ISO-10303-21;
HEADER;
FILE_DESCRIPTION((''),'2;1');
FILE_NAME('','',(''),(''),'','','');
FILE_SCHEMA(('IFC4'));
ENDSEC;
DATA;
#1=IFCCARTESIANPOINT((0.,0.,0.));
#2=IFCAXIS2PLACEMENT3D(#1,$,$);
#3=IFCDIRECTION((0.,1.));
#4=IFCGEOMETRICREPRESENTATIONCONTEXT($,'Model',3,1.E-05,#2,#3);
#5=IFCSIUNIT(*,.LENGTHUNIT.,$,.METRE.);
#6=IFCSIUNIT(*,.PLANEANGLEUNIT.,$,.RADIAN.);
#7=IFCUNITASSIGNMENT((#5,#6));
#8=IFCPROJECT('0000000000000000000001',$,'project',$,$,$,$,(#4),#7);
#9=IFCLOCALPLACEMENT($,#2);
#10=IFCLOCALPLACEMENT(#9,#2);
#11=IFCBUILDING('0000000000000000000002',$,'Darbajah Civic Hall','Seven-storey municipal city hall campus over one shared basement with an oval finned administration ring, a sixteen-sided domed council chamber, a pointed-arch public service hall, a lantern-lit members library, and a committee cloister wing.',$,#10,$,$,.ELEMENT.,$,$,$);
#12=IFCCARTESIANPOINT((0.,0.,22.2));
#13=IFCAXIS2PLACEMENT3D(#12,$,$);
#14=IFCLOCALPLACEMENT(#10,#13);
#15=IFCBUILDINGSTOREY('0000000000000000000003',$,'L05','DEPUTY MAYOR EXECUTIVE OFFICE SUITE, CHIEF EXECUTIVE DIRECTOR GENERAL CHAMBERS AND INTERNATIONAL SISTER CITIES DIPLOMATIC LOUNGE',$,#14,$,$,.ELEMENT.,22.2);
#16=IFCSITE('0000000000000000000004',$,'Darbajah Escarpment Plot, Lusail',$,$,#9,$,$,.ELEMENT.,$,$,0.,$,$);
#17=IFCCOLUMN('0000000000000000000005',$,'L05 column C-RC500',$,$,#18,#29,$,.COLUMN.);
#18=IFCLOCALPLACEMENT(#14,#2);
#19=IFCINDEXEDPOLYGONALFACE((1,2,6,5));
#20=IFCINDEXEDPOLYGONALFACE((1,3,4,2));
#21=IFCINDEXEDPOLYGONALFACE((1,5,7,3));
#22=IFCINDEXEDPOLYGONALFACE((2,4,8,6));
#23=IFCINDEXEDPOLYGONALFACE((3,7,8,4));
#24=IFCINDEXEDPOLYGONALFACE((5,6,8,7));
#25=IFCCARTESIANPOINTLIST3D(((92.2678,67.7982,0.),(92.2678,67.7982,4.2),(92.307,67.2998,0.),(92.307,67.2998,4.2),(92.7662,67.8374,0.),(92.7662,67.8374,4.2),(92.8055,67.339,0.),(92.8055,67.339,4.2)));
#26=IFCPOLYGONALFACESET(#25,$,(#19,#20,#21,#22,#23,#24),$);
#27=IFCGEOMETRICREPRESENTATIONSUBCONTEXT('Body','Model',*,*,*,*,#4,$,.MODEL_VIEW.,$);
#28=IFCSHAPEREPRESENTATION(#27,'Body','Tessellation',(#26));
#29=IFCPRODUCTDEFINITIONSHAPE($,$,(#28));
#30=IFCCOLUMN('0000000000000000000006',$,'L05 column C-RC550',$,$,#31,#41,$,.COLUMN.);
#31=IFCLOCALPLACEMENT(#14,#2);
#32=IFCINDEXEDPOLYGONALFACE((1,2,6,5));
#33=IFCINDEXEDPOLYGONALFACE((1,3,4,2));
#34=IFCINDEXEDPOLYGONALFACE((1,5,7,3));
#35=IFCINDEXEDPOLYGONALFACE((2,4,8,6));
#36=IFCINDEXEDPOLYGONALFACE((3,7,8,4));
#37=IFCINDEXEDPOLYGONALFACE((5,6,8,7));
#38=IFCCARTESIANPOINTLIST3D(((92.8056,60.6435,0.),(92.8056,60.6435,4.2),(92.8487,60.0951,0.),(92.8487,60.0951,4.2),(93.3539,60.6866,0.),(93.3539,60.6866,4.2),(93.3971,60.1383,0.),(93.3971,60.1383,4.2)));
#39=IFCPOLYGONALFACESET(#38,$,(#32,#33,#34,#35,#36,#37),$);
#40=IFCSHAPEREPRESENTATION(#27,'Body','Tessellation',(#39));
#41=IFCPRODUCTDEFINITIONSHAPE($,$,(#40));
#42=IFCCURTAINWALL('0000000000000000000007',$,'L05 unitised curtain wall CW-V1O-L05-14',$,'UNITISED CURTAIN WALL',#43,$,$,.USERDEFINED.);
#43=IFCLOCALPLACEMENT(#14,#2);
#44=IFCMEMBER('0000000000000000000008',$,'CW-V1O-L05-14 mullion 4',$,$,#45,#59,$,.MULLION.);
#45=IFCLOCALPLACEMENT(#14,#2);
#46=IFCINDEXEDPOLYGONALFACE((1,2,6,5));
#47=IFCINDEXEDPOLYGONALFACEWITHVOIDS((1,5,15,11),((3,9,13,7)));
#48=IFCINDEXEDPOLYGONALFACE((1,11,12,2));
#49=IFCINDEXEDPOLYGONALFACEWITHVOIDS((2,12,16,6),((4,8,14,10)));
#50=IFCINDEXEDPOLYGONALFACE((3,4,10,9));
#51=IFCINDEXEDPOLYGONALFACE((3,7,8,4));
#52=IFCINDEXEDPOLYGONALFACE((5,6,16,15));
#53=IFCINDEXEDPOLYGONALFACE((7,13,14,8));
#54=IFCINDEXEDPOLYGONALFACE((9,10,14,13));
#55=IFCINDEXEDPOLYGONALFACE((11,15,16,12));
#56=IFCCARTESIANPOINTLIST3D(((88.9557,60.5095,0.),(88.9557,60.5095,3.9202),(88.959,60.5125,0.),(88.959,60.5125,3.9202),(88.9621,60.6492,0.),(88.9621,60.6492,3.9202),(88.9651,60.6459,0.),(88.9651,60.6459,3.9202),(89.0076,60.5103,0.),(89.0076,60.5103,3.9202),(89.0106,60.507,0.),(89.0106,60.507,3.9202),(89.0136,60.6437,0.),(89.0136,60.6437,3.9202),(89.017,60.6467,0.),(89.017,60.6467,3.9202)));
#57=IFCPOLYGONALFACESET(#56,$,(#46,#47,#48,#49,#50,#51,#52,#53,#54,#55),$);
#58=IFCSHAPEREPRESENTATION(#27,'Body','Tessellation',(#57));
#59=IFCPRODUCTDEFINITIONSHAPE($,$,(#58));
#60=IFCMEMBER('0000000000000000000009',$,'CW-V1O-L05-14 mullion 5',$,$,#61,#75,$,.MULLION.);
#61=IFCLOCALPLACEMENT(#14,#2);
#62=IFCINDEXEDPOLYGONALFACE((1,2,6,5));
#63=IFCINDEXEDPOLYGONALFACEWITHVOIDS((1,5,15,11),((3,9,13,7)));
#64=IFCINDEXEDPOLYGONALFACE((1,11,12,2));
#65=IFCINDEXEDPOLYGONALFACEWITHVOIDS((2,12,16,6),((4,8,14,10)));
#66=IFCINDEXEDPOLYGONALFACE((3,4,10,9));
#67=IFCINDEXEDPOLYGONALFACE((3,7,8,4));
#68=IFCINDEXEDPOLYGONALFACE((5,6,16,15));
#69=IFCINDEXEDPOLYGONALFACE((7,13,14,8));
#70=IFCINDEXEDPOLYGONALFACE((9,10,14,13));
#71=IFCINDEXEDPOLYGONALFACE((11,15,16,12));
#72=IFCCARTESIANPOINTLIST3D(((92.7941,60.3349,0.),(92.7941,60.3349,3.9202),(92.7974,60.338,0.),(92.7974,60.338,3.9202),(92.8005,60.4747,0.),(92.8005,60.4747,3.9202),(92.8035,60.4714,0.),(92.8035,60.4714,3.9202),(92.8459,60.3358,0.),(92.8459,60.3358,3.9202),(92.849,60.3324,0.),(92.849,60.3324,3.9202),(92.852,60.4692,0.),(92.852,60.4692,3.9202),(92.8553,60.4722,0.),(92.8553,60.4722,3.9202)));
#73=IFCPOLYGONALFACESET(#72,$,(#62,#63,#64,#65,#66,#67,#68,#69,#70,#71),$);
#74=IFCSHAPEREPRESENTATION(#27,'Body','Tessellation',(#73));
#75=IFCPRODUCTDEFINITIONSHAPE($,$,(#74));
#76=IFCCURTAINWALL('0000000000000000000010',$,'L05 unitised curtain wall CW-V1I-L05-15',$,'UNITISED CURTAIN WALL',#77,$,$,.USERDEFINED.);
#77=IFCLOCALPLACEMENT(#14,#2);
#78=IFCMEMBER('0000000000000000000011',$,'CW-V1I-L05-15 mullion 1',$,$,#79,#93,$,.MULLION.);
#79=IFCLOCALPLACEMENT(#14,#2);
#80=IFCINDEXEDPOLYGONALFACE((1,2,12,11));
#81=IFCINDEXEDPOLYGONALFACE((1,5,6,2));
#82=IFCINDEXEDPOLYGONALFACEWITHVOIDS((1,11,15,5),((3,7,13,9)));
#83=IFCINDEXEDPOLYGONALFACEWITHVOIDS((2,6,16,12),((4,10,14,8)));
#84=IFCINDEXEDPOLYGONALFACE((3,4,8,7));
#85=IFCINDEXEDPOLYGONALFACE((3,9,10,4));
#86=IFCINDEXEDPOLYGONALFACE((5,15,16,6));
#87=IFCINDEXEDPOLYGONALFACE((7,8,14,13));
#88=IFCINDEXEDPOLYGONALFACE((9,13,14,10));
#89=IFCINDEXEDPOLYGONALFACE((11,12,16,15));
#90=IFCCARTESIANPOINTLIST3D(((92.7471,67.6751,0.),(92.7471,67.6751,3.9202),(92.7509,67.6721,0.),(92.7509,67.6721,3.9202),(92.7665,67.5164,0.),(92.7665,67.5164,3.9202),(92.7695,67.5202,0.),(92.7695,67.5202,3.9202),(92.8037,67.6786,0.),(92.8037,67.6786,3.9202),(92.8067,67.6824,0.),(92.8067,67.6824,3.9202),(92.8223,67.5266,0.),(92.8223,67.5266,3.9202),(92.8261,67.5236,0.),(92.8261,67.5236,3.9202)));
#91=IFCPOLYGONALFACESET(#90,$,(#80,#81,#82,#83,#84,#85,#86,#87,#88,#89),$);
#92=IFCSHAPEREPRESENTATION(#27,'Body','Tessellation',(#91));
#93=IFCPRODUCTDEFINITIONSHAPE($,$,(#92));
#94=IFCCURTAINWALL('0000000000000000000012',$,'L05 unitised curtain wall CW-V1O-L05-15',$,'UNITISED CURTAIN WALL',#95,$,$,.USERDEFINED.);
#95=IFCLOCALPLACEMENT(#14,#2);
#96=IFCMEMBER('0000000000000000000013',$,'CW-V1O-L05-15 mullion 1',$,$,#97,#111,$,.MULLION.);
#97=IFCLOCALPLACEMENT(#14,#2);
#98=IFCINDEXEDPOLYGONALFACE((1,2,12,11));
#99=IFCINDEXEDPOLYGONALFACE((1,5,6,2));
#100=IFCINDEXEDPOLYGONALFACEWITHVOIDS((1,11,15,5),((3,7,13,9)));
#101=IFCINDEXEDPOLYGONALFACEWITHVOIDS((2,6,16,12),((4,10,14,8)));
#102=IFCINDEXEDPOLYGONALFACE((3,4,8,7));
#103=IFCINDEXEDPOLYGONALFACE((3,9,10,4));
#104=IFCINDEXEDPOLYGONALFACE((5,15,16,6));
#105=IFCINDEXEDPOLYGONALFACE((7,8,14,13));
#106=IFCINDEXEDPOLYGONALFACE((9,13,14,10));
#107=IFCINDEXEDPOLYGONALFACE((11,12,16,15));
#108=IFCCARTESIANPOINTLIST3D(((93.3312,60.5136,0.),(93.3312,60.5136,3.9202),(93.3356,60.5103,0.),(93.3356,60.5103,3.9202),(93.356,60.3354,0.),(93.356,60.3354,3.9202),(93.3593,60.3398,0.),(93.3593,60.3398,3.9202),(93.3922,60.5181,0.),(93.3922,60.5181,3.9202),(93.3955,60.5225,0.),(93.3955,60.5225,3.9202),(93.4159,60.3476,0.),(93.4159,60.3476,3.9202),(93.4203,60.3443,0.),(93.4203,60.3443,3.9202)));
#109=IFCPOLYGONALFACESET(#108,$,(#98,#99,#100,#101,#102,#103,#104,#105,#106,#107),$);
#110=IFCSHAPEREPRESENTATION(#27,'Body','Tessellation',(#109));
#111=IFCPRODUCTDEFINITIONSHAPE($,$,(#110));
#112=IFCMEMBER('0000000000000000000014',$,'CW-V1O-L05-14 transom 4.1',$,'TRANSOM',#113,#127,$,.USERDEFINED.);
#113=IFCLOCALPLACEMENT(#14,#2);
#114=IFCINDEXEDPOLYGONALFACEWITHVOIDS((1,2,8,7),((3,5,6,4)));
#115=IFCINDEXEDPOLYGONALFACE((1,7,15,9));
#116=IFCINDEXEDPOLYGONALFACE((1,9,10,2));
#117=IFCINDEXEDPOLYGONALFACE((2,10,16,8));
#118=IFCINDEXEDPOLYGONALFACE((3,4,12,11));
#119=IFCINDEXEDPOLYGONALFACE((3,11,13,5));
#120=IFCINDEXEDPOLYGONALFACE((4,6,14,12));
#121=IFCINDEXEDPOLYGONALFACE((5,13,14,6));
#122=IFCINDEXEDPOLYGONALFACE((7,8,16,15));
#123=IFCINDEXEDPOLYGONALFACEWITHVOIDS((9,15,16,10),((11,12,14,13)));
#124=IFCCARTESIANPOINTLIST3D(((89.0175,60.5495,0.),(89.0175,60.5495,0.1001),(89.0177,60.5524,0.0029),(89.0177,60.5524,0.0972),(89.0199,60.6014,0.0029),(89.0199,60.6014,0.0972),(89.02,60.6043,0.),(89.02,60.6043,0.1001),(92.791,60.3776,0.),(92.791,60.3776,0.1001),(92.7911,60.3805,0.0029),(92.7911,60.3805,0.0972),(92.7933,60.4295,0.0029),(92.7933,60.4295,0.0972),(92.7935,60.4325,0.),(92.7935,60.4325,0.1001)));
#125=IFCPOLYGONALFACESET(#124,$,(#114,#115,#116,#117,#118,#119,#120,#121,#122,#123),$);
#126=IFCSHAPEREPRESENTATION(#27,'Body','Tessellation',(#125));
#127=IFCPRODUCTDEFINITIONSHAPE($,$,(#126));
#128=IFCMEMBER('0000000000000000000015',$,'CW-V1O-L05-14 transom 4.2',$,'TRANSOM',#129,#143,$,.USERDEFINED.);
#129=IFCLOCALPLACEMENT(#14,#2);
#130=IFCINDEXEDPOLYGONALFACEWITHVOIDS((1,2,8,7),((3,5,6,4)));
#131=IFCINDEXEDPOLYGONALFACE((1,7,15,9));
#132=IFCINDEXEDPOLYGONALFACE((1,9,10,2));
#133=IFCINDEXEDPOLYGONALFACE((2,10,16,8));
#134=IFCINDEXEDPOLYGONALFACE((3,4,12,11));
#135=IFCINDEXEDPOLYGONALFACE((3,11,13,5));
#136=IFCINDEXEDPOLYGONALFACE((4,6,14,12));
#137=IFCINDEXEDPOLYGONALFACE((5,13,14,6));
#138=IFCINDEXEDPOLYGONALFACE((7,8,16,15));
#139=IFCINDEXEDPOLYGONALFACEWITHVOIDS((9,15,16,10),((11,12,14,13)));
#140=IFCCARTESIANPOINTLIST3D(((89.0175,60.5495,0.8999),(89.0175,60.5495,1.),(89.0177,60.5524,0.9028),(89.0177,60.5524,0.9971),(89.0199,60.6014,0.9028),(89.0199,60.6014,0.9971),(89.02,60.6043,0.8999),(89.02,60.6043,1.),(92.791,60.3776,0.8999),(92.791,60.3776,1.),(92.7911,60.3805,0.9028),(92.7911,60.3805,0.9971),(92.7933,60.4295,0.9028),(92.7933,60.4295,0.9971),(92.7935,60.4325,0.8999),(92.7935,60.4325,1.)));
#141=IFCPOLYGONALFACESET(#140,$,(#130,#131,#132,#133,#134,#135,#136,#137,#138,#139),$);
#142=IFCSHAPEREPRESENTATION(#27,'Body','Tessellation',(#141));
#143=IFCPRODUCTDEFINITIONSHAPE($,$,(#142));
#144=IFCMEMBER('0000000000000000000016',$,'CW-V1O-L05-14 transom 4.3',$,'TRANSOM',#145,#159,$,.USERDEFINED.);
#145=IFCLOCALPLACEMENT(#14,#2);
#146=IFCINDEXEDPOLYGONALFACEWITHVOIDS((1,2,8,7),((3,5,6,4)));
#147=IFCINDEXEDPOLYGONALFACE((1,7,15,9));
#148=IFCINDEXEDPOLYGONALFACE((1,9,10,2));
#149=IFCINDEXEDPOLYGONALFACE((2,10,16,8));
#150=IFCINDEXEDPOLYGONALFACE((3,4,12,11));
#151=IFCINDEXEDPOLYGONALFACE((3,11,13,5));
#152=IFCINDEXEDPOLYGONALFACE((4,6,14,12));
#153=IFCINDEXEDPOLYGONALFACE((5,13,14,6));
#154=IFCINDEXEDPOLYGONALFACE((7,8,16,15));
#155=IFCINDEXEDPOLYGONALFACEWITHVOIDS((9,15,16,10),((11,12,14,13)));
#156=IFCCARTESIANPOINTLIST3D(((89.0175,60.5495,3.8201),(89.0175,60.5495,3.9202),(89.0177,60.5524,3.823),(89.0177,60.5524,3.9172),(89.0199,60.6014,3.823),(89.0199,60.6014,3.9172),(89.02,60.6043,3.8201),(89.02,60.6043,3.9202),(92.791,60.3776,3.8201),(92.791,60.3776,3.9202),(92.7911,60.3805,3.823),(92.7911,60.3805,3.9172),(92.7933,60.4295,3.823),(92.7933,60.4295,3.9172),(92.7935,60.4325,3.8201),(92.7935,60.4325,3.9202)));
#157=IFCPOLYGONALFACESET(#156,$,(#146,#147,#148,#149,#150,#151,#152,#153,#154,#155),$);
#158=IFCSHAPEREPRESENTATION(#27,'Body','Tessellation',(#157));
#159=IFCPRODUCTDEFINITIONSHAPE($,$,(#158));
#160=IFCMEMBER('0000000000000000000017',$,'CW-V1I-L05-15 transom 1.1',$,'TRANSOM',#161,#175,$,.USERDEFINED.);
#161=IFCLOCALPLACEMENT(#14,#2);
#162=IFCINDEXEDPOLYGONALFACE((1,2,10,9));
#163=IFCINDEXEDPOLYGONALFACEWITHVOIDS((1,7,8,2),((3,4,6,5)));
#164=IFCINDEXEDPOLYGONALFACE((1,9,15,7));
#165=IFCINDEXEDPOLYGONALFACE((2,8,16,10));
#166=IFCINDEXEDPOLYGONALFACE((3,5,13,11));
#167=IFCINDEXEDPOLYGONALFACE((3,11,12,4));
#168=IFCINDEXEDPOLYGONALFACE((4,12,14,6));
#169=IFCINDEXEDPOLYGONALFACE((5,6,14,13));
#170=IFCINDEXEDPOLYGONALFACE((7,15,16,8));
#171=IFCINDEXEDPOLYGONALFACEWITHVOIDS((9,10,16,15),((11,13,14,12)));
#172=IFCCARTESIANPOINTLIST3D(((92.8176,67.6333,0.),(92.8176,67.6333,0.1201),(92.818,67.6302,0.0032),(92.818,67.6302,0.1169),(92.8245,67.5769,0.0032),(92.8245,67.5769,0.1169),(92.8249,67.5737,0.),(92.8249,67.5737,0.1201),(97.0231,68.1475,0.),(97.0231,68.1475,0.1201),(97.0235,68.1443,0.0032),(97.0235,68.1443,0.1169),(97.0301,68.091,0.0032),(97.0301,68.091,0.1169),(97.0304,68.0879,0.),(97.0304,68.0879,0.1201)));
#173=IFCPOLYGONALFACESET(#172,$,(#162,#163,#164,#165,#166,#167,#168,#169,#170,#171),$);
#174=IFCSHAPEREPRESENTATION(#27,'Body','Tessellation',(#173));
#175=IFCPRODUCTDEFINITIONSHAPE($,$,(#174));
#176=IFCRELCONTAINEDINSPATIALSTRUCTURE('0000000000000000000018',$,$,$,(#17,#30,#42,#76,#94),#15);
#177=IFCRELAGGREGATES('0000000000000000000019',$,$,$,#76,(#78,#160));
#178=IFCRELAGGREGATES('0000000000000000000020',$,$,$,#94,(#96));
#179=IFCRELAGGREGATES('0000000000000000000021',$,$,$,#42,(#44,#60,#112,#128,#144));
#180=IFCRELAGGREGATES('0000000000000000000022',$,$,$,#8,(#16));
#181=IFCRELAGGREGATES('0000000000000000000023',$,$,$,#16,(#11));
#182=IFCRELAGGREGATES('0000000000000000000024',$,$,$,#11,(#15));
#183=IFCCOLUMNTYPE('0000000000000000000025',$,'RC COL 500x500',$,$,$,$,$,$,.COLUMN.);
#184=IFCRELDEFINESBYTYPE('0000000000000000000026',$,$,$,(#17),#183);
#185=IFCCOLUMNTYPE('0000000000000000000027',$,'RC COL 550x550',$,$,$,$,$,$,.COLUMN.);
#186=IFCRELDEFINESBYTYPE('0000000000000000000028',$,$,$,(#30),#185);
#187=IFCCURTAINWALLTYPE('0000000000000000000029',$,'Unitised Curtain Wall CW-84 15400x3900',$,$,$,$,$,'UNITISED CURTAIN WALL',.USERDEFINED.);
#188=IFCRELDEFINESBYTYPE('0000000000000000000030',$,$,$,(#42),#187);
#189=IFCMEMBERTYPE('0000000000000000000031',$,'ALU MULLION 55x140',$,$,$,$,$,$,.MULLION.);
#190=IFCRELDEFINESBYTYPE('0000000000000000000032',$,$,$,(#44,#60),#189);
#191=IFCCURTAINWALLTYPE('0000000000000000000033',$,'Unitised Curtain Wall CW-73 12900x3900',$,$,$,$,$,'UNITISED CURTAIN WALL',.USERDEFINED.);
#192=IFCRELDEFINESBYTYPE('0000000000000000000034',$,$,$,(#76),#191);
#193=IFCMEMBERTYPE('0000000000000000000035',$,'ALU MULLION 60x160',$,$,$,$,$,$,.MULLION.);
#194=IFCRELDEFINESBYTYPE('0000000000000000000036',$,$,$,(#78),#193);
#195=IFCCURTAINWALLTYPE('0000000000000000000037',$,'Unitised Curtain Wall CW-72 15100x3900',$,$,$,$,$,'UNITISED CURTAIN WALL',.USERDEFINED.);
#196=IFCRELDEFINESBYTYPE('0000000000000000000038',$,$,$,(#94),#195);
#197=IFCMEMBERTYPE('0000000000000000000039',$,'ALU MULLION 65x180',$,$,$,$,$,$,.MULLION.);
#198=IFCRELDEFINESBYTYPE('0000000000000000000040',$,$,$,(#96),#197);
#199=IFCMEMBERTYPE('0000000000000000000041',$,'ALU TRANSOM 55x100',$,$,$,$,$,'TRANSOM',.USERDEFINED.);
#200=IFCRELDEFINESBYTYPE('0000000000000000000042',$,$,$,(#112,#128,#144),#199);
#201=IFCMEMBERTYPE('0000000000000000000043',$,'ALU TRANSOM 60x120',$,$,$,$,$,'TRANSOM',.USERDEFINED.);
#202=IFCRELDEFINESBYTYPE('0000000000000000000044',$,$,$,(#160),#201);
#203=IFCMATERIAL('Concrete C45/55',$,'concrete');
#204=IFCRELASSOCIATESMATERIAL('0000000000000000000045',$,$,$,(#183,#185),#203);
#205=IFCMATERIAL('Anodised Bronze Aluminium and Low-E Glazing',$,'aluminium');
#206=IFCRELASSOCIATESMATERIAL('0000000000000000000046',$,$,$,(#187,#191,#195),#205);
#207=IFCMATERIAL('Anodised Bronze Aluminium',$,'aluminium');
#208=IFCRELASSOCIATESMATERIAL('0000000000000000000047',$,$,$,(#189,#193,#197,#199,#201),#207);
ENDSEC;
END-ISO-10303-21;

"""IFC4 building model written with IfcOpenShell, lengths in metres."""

from ifc_helpers import new_model, si_unit, direction, frame, origin, origin_2d, place, context, subcontext, project, spatial, rectangle, hollow_rectangle, extrude, material, material_profile, profile_set, type_object, element, aggregate, save


model = new_model("IFC4")

# Units and contexts
model_context = context("Model", 3, precision=1e-05, world=origin(), true_north=direction((0.0, 1.0)))
body_context = subcontext(model_context, "Body", "Model", "MODEL_VIEW")
ifc_project = project(units=[si_unit("LENGTHUNIT", "METRE"), si_unit("PLANEANGLEUNIT", "RADIAN")], contexts=[model_context])

# Site, building, storey
site_placement = place(None, origin())
site = spatial("IfcSite", under=ifc_project, at=site_placement, Name="Darbajah Escarpment Plot, Lusail", CompositionType="ELEMENT", RefElevation=0.0)
building_placement = place(site_placement, origin())
building = spatial("IfcBuilding", under=site, at=building_placement, Name="Darbajah Civic Hall", Description="Seven-storey municipal city hall campus over one shared basement with an oval finned administration ring, a sixteen-sided domed council chamber, a pointed-arch public service hall, a lantern-lit members library, and a committee cloister wing.", CompositionType="ELEMENT")
storey_placement = place(building_placement, frame((0.0, 0.0, 22.2)))
storey = spatial("IfcBuildingStorey", under=building, at=storey_placement, Name="L05", Description="DEPUTY MAYOR EXECUTIVE OFFICE SUITE, CHIEF EXECUTIVE DIRECTOR GENERAL CHAMBERS AND INTERNATIONAL SISTER CITIES DIPLOMATIC LOUNGE", CompositionType="ELEMENT", Elevation=22.2)

# Columns
ifc_material_1 = material(Name="Concrete C45/55", Category="concrete")
ifc_material_profile_1 = material_profile(ifc_material_1, rectangle(XDim=0.5, YDim=0.5, at=origin_2d()), Name="RC COL 500x500")
ifc_profile_set_1 = profile_set([ifc_material_profile_1], Name="Concrete C45/55")
column_type_1 = type_object("IfcColumnType", Name="RC COL 500x500", PredefinedType="COLUMN", material=ifc_profile_set_1)
column_1_placement = place(storey_placement, frame((92.5366, 67.5686, 0.0), z_axis=(0.0, 0.0, 1.0), x_axis=(0.078459, -0.996917, 0.0)))
element("IfcColumn", 1, at=column_1_placement, inside=storey, type_object=column_type_1, Name="L05 column C-RC500", PredefinedType="COLUMN", context=body_context, shape_type="SweptSolid", body=[
    extrude(rectangle(XDim=0.5, YDim=0.5, at=origin_2d()), origin(), (0.0, 0.0, 1.0), 4.2),
])
ifc_material_profile_2 = material_profile(ifc_material_1, rectangle(XDim=0.55, YDim=0.55, at=origin_2d()), Name="RC COL 550x550")
ifc_profile_set_2 = profile_set([ifc_material_profile_2], Name="Concrete C45/55")
column_type_2 = type_object("IfcColumnType", Name="RC COL 550x550", PredefinedType="COLUMN", material=ifc_profile_set_2)
column_2_placement = place(storey_placement, frame((93.1013, 60.3909, 0.0), z_axis=(0.0, 0.0, 1.0), x_axis=(0.078459, -0.996917, 0.0)))
element("IfcColumn", 2, at=column_2_placement, inside=storey, type_object=column_type_2, Name="L05 column C-RC550", PredefinedType="COLUMN", context=body_context, shape_type="SweptSolid", body=[
    extrude(rectangle(XDim=0.55, YDim=0.55, at=origin_2d()), origin(), (0.0, 0.0, 1.0), 4.2),
])

# Curtain wall, members
ifc_material_2 = material(Name="Anodised Bronze Aluminium and Low-E Glazing", Category="aluminium")
curtain_wall_type_1 = type_object("IfcCurtainWallType", Name="Unitised Curtain Wall CW-84 15400x3900", ElementType="UNITISED CURTAIN WALL", PredefinedType="USERDEFINED", material=ifc_material_2)
curtain_wall_1_placement = place(storey_placement, origin())
curtain_wall_1 = element("IfcCurtainWall", 3, at=curtain_wall_1_placement, inside=storey, type_object=curtain_wall_type_1, Name="L05 unitised curtain wall CW-V1O-L05-14", ObjectType="UNITISED CURTAIN WALL", PredefinedType="USERDEFINED")
ifc_material_3 = material(Name="Anodised Bronze Aluminium", Category="aluminium")
ifc_material_profile_3 = material_profile(ifc_material_3, hollow_rectangle(XDim=0.0549, YDim=0.1399, WallThickness=0.0032, at=origin_2d()), Name="ALU MULLION 55x140")
ifc_profile_set_3 = profile_set([ifc_material_profile_3], Name="Anodised Bronze Aluminium")
member_type_1 = type_object("IfcMemberType", Name="ALU MULLION 55x140", PredefinedType="MULLION", material=ifc_profile_set_3)
member_1_placement = place(storey_placement, frame((88.9863, 60.5781, 0.0), z_axis=(0.0, 0.0, 1.0), x_axis=(0.998963, -0.045537, 0.0)))
member_1 = element("IfcMember", 4, at=member_1_placement, type_object=member_type_1, Name="CW-V1O-L05-14 mullion 4", PredefinedType="MULLION", context=body_context, shape_type="SweptSolid", body=[
    extrude(hollow_rectangle(XDim=0.0549, YDim=0.1399, WallThickness=0.0032, at=origin_2d()), origin(), (0.0, 0.0, 1.0), 3.9202),
])
member_2_placement = place(storey_placement, frame((92.8247, 60.4036, 0.0), z_axis=(0.0, 0.0, 1.0), x_axis=(0.998963, -0.045537, 0.0)))
member_2 = element("IfcMember", 5, at=member_2_placement, type_object=member_type_1, Name="CW-V1O-L05-14 mullion 5", PredefinedType="MULLION", context=body_context, shape_type="SweptSolid", body=[
    extrude(hollow_rectangle(XDim=0.0549, YDim=0.1399, WallThickness=0.0032, at=origin_2d()), origin(), (0.0, 0.0, 1.0), 3.9202),
])

# Curtain walls, members
curtain_wall_type_2 = type_object("IfcCurtainWallType", Name="Unitised Curtain Wall CW-73 12900x3900", ElementType="UNITISED CURTAIN WALL", PredefinedType="USERDEFINED", material=ifc_material_2)
curtain_wall_2_placement = place(storey_placement, origin())
curtain_wall_2 = element("IfcCurtainWall", 6, at=curtain_wall_2_placement, inside=storey, type_object=curtain_wall_type_2, Name="L05 unitised curtain wall CW-V1I-L05-15", ObjectType="UNITISED CURTAIN WALL", PredefinedType="USERDEFINED")
ifc_material_profile_4 = material_profile(ifc_material_3, hollow_rectangle(XDim=0.0601, YDim=0.1599, WallThickness=0.0034, at=origin_2d()), Name="ALU MULLION 60x160")
ifc_profile_set_4 = profile_set([ifc_material_profile_4], Name="Anodised Bronze Aluminium")
member_type_2 = type_object("IfcMemberType", Name="ALU MULLION 60x160", PredefinedType="MULLION", material=ifc_profile_set_4)
member_3_placement = place(storey_placement, frame((92.7866, 67.5994, 0.0), z_axis=(0.0, 0.0, 1.0), x_axis=(0.99261, 0.12135, 0.0)))
member_3 = element("IfcMember", 7, at=member_3_placement, type_object=member_type_2, Name="CW-V1I-L05-15 mullion 1", PredefinedType="MULLION", context=body_context, shape_type="SweptSolid", body=[
    extrude(hollow_rectangle(XDim=0.0601, YDim=0.1599, WallThickness=0.0034, at=origin_2d()), origin(), (0.0, 0.0, 1.0), 3.9202),
])
curtain_wall_type_3 = type_object("IfcCurtainWallType", Name="Unitised Curtain Wall CW-72 15100x3900", ElementType="UNITISED CURTAIN WALL", PredefinedType="USERDEFINED", material=ifc_material_2)
curtain_wall_3_placement = place(storey_placement, origin())
curtain_wall_3 = element("IfcCurtainWall", 8, at=curtain_wall_3_placement, inside=storey, type_object=curtain_wall_type_3, Name="L05 unitised curtain wall CW-V1O-L05-15", ObjectType="UNITISED CURTAIN WALL", PredefinedType="USERDEFINED")
ifc_material_profile_5 = material_profile(ifc_material_3, hollow_rectangle(XDim=0.0649, YDim=0.1799, WallThickness=0.0039, at=origin_2d()), Name="ALU MULLION 65x180")
ifc_profile_set_5 = profile_set([ifc_material_profile_5], Name="Anodised Bronze Aluminium")
member_type_3 = type_object("IfcMemberType", Name="ALU MULLION 65x180", PredefinedType="MULLION", material=ifc_profile_set_5)
member_4_placement = place(storey_placement, frame((93.3757, 60.429, 0.0), z_axis=(0.0, 0.0, 1.0), x_axis=(0.990485, 0.137617, 0.0)))
member_4 = element("IfcMember", 9, at=member_4_placement, type_object=member_type_3, Name="CW-V1O-L05-15 mullion 1", PredefinedType="MULLION", context=body_context, shape_type="SweptSolid", body=[
    extrude(hollow_rectangle(XDim=0.0649, YDim=0.1799, WallThickness=0.0039, at=origin_2d()), origin(), (0.0, 0.0, 1.0), 3.9202),
])

# Members
ifc_material_profile_6 = material_profile(ifc_material_3, hollow_rectangle(XDim=0.0549, YDim=0.1001, WallThickness=0.0029, at=origin_2d()), Name="ALU TRANSOM 55x100")
ifc_profile_set_6 = profile_set([ifc_material_profile_6], Name="Anodised Bronze Aluminium")
member_type_4 = type_object("IfcMemberType", Name="ALU TRANSOM 55x100", ElementType="TRANSOM", PredefinedType="USERDEFINED", material=ifc_profile_set_6)
member_5_placement = place(storey_placement, frame((89.0188, 60.5769, 0.05), z_axis=(0.998964, -0.045501, 0.0), x_axis=(0.045501, 0.998964, 0.0)))
member_5 = element("IfcMember", 10, at=member_5_placement, type_object=member_type_4, Name="CW-V1O-L05-14 transom 4.1", ObjectType="TRANSOM", PredefinedType="USERDEFINED", context=body_context, shape_type="SweptSolid", body=[
    extrude(hollow_rectangle(XDim=0.0549, YDim=0.1001, WallThickness=0.0029, at=origin_2d()), origin(), (0.0, 0.0, 1.0), 3.7773),
])
member_6_placement = place(storey_placement, frame((89.0188, 60.5769, 0.95), z_axis=(0.998964, -0.045501, 0.0), x_axis=(0.045501, 0.998964, 0.0)))
member_6 = element("IfcMember", 11, at=member_6_placement, type_object=member_type_4, Name="CW-V1O-L05-14 transom 4.2", ObjectType="TRANSOM", PredefinedType="USERDEFINED", context=body_context, shape_type="SweptSolid", body=[
    extrude(hollow_rectangle(XDim=0.0549, YDim=0.1001, WallThickness=0.0029, at=origin_2d()), origin(), (0.0, 0.0, 1.0), 3.7773),
])
member_7_placement = place(storey_placement, frame((89.0188, 60.5769, 3.8701), z_axis=(0.998964, -0.045501, 0.0), x_axis=(0.045501, 0.998964, 0.0)))
member_7 = element("IfcMember", 12, at=member_7_placement, type_object=member_type_4, Name="CW-V1O-L05-14 transom 4.3", ObjectType="TRANSOM", PredefinedType="USERDEFINED", context=body_context, shape_type="SweptSolid", body=[
    extrude(hollow_rectangle(XDim=0.0549, YDim=0.1001, WallThickness=0.0029, at=origin_2d()), origin(), (0.0, 0.0, 1.0), 3.7773),
])
ifc_material_profile_7 = material_profile(ifc_material_3, hollow_rectangle(XDim=0.0601, YDim=0.1201, WallThickness=0.0032, at=origin_2d()), Name="ALU TRANSOM 60x120")
ifc_profile_set_7 = profile_set([ifc_material_profile_7], Name="Anodised Bronze Aluminium")
member_type_5 = type_object("IfcMemberType", Name="ALU TRANSOM 60x120", ElementType="TRANSOM", PredefinedType="USERDEFINED", material=ifc_profile_set_7)
member_8_placement = place(storey_placement, frame((92.8213, 67.6035, 0.0601), z_axis=(0.992609, 0.121353, 0.0), x_axis=(-0.121353, 0.992609, 0.0)))
member_8 = element("IfcMember", 13, at=member_8_placement, type_object=member_type_5, Name="CW-V1I-L05-15 transom 1.1", ObjectType="TRANSOM", PredefinedType="USERDEFINED", context=body_context, shape_type="SweptSolid", body=[
    extrude(hollow_rectangle(XDim=0.0601, YDim=0.1201, WallThickness=0.0032, at=origin_2d()), origin(), (0.0, 0.0, 1.0), 4.2368),
])
aggregate(curtain_wall_2, [member_3, member_8])
aggregate(curtain_wall_3, [member_4])

aggregate(curtain_wall_1, [member_1, member_2, member_5, member_6, member_7])

save(model, "model.ifc")
